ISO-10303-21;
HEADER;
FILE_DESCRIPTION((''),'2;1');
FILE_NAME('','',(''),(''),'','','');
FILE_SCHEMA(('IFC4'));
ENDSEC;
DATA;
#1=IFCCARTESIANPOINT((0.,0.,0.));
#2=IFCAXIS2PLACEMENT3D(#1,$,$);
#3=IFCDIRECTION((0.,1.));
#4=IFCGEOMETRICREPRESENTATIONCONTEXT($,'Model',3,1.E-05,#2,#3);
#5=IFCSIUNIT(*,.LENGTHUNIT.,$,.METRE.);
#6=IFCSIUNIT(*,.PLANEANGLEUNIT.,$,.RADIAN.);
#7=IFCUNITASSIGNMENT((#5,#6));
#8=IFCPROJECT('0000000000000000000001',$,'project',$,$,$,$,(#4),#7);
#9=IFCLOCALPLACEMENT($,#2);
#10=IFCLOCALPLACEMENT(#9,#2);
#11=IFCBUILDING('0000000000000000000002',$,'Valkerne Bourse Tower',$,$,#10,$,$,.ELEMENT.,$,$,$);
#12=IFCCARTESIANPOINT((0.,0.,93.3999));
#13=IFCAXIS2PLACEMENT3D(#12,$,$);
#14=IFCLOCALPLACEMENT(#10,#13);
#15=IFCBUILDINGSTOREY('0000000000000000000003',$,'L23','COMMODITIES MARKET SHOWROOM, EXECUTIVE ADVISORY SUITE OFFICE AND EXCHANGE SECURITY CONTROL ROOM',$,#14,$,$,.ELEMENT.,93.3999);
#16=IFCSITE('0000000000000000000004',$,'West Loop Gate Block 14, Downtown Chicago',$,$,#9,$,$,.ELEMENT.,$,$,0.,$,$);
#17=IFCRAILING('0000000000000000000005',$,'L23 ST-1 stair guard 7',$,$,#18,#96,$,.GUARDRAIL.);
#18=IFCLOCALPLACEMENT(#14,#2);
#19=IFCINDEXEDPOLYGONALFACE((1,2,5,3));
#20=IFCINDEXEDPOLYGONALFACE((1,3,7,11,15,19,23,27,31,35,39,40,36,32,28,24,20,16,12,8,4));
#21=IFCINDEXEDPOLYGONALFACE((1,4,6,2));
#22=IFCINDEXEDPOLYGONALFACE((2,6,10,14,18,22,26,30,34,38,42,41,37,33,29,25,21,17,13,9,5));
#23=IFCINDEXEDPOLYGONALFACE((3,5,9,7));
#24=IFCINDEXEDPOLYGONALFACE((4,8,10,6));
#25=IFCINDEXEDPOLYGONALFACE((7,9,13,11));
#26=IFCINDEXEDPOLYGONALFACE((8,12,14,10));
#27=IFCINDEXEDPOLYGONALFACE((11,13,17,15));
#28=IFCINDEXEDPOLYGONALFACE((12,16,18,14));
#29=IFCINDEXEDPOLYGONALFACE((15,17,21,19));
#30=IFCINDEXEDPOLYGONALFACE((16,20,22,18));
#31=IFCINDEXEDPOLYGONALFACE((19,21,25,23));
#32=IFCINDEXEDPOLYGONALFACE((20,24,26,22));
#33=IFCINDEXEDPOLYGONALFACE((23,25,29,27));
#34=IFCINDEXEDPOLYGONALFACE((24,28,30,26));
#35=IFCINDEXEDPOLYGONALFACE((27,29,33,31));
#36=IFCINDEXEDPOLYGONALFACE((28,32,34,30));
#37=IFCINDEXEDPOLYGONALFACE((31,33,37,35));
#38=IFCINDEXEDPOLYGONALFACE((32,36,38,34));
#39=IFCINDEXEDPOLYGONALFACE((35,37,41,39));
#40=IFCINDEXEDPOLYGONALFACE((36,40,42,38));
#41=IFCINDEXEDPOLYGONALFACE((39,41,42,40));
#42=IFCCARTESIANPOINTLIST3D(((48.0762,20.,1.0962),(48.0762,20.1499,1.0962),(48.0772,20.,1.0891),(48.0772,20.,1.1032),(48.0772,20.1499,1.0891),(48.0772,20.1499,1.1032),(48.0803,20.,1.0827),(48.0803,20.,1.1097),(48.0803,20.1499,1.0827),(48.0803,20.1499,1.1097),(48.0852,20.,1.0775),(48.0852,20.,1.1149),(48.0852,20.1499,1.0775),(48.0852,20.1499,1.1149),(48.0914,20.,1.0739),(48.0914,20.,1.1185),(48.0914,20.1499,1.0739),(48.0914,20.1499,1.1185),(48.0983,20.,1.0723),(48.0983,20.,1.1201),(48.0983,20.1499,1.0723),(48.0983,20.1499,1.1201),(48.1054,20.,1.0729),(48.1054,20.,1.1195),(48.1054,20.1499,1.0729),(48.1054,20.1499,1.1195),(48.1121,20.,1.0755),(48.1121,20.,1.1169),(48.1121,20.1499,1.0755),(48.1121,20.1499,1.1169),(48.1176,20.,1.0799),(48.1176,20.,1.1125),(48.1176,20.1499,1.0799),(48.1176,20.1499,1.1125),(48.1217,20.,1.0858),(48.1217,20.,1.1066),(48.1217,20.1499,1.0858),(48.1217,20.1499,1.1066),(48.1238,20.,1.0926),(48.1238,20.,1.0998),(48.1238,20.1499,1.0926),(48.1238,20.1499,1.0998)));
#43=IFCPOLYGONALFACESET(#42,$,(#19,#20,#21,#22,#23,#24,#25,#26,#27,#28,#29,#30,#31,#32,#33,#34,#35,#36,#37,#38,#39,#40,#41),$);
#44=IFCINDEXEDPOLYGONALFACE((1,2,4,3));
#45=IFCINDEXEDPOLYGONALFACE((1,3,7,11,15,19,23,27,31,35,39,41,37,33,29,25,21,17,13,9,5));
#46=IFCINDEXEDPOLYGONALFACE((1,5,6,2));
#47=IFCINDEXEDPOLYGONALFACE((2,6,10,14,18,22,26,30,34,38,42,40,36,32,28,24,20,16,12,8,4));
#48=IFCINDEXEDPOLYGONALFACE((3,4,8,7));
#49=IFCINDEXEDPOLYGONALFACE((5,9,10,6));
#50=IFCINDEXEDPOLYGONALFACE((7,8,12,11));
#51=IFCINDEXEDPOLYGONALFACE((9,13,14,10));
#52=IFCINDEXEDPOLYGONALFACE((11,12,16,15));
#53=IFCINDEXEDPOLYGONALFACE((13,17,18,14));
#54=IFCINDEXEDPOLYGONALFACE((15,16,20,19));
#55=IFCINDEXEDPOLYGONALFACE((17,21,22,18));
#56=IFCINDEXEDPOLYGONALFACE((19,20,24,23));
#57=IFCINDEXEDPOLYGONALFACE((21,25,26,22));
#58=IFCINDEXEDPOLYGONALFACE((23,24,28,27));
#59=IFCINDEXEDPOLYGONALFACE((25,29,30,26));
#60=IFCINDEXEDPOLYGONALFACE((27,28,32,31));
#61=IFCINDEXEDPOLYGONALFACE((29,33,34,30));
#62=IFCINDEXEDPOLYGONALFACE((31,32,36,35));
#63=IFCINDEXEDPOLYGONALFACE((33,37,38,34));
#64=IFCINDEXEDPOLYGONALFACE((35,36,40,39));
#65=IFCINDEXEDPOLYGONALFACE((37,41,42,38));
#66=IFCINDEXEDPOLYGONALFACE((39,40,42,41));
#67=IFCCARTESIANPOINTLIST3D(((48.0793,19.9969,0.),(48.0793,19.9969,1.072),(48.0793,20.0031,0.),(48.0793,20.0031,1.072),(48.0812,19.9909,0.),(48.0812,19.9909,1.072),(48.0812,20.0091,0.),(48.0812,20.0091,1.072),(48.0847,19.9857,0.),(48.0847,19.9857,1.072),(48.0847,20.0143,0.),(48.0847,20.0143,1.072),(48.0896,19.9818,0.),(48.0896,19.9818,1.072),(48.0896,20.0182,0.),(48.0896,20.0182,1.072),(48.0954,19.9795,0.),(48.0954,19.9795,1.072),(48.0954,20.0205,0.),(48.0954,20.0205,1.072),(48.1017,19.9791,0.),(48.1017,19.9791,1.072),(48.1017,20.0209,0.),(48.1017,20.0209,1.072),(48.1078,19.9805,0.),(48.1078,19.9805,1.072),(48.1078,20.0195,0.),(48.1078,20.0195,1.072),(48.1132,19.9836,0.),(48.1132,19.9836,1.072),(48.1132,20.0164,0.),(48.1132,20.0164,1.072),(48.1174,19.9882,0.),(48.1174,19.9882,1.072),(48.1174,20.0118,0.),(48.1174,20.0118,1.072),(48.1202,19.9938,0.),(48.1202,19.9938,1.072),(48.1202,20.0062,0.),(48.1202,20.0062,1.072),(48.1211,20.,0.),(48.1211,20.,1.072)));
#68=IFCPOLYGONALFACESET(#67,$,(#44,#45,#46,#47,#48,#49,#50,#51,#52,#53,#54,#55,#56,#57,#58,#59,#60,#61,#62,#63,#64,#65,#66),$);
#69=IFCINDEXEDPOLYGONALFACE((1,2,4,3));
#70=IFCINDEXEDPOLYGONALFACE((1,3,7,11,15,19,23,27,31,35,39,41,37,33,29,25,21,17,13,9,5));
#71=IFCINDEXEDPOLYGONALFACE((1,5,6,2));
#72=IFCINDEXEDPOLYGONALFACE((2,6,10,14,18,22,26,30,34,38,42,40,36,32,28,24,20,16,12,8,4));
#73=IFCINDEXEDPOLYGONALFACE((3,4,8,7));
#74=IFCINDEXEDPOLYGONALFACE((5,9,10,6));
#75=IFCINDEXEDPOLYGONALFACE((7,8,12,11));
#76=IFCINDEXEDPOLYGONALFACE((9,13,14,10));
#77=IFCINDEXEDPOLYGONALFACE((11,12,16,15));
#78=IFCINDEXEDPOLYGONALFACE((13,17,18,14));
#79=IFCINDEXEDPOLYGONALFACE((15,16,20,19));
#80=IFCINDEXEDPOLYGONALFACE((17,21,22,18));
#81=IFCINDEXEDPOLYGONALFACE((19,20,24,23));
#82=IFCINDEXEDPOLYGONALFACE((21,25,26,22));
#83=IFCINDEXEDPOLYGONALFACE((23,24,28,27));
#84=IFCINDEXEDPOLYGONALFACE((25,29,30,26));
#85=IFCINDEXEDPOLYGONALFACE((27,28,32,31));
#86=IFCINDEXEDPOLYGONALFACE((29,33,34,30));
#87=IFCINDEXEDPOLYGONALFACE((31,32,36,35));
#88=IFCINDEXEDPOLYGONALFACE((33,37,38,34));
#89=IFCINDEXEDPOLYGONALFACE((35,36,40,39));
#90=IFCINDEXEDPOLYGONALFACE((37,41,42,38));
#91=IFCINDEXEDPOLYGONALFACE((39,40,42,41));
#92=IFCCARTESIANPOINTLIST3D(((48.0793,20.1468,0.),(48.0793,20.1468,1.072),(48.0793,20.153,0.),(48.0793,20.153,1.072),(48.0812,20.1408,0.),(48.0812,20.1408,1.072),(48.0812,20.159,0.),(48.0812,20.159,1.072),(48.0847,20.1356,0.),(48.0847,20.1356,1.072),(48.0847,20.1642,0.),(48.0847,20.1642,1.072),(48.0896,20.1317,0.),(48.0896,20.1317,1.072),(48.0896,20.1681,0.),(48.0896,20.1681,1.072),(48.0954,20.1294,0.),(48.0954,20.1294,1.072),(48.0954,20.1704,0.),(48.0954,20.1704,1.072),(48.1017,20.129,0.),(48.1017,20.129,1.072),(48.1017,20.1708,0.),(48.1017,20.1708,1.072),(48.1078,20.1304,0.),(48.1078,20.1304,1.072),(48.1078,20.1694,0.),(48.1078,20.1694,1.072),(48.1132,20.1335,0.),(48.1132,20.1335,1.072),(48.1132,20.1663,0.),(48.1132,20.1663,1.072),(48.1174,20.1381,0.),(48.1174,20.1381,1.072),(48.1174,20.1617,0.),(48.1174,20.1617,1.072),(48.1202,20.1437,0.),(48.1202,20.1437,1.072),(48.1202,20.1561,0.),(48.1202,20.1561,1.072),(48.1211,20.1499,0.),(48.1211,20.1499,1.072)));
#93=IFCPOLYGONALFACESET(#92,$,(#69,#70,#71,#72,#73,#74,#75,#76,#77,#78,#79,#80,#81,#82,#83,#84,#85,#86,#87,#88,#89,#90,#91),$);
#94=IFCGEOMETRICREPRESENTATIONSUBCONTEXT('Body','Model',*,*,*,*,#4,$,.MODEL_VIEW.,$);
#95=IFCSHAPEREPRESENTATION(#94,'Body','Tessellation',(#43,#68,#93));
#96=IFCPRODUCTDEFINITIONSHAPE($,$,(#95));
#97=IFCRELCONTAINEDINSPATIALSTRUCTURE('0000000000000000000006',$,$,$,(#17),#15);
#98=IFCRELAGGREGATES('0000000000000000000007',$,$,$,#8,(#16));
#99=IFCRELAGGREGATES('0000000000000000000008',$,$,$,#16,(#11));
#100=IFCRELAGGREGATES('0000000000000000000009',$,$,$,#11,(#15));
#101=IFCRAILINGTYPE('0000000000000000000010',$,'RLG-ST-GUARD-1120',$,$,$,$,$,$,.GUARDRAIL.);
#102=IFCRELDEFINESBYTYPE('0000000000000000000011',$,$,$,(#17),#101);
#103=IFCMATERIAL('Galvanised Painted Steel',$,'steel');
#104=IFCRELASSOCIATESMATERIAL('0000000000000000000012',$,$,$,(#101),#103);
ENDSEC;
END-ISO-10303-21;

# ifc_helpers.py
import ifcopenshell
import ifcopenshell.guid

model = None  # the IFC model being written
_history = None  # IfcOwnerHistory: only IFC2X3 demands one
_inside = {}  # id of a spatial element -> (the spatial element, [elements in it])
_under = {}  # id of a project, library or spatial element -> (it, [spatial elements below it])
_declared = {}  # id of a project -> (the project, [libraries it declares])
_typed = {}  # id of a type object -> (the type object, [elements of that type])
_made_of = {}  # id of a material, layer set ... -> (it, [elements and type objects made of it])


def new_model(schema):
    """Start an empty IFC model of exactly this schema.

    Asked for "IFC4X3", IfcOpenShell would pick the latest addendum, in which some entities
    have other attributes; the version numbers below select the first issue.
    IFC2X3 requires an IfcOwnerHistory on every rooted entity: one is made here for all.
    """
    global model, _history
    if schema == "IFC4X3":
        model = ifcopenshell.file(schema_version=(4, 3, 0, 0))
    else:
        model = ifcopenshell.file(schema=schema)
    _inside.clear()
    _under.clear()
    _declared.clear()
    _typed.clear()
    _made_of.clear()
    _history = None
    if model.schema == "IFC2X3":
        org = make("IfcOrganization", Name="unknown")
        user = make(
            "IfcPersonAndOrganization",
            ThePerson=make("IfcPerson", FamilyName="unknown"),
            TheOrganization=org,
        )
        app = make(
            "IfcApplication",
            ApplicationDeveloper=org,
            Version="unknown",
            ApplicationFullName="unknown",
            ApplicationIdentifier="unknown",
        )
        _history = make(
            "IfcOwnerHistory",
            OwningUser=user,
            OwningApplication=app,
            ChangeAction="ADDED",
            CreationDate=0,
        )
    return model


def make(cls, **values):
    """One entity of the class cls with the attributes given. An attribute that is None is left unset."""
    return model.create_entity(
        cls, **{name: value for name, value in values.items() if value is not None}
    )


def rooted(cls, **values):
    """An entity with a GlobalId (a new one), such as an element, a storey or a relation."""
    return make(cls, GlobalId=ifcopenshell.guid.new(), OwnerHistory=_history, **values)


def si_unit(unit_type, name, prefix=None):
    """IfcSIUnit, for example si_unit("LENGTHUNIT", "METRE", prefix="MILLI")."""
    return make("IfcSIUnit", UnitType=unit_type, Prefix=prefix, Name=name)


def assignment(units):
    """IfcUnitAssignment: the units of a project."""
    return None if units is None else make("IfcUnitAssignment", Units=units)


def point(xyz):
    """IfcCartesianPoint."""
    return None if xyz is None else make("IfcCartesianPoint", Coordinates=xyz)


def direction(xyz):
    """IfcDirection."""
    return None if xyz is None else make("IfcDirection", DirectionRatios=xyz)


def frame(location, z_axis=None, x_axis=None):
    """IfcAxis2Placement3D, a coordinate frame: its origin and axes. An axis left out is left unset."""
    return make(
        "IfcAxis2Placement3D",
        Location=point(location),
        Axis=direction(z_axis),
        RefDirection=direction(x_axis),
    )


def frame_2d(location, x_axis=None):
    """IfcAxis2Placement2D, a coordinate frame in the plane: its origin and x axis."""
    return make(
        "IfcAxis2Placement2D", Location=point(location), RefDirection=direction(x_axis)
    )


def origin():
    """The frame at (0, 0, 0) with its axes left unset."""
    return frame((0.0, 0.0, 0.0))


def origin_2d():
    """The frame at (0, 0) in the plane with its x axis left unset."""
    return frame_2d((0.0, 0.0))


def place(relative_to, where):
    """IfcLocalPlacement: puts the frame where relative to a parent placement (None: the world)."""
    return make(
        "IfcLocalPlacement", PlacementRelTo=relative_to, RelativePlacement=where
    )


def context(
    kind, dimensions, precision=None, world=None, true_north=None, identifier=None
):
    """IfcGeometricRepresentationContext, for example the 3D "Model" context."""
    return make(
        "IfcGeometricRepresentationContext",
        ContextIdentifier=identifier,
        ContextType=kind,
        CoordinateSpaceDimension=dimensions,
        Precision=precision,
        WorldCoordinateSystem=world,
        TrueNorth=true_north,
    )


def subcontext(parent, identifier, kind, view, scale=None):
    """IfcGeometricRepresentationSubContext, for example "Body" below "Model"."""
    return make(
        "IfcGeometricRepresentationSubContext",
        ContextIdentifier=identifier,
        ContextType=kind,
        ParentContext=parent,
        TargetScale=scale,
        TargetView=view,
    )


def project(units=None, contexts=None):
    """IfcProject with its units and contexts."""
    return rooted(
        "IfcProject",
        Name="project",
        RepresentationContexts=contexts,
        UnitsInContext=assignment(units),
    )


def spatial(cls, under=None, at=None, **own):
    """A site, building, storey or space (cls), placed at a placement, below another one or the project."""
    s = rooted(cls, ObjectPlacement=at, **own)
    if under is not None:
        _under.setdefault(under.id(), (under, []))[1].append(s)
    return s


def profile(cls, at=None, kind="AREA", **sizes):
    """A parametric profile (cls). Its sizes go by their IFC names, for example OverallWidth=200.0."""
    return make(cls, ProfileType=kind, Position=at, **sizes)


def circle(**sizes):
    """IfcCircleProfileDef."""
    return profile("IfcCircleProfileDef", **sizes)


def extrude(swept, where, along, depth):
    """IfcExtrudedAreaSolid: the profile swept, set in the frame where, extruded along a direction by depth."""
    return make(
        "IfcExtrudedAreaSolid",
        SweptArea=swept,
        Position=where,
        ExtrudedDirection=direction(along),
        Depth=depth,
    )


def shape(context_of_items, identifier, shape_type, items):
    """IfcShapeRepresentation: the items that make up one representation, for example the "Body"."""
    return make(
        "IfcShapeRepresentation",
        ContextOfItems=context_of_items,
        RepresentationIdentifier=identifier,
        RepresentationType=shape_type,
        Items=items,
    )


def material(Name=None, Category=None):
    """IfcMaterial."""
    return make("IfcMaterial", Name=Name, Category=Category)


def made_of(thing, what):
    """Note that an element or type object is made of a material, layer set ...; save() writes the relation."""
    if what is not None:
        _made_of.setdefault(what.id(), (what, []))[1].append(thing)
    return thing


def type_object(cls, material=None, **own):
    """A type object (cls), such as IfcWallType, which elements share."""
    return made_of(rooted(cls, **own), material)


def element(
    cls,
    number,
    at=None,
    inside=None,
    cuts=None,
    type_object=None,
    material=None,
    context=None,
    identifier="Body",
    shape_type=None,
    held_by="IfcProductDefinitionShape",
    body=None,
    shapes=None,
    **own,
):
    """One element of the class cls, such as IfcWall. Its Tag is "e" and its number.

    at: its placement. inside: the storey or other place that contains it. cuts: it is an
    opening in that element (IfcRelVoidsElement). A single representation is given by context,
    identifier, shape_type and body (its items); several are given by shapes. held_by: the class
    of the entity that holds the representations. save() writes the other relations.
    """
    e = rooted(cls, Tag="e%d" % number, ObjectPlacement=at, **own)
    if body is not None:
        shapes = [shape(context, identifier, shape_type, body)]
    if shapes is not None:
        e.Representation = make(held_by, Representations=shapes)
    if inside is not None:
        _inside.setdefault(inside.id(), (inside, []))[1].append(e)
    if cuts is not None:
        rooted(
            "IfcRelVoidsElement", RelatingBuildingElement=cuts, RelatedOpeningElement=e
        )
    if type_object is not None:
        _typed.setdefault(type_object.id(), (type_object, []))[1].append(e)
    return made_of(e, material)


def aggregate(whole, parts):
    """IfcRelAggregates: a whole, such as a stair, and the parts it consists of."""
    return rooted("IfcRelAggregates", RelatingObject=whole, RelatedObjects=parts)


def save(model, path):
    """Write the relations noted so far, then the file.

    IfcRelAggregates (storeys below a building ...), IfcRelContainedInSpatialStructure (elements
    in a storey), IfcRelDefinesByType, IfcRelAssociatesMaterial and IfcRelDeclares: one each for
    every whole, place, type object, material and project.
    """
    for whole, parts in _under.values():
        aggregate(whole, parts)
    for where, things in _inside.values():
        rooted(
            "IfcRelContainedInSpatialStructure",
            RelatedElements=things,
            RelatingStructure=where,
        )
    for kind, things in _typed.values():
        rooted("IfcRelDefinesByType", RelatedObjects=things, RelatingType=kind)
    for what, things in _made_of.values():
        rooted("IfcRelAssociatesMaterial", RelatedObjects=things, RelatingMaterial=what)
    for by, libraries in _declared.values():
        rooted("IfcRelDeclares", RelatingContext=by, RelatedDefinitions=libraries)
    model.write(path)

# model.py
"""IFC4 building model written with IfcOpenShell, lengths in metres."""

from ifc_helpers import new_model, si_unit, direction, frame, origin, origin_2d, place, context, subcontext, project, spatial, circle, extrude, material, type_object, element, save


model = new_model("IFC4")

# Units and contexts
model_context = context("Model", 3, precision=1e-05, world=origin(), true_north=direction((0.0, 1.0)))
body_context = subcontext(model_context, "Body", "Model", "MODEL_VIEW")
ifc_project = project(units=[si_unit("LENGTHUNIT", "METRE"), si_unit("PLANEANGLEUNIT", "RADIAN")], contexts=[model_context])

# Site, building, storey
site_placement = place(None, origin())
site = spatial("IfcSite", under=ifc_project, at=site_placement, Name="West Loop Gate Block 14, Downtown Chicago", CompositionType="ELEMENT", RefElevation=0.0)
building_placement = place(site_placement, origin())
building = spatial("IfcBuilding", under=site, at=building_placement, Name="Valkerne Bourse Tower", CompositionType="ELEMENT")
storey_placement = place(building_placement, frame((0.0, 0.0, 93.3999)))
storey = spatial("IfcBuildingStorey", under=building, at=storey_placement, Name="L23", Description="COMMODITIES MARKET SHOWROOM, EXECUTIVE ADVISORY SUITE OFFICE AND EXCHANGE SECURITY CONTROL ROOM", CompositionType="ELEMENT", Elevation=93.3999)

# Shared definitions
ifc_material_1 = material(Name="Galvanised Painted Steel", Category="steel")

# Railing
railing_type_1 = type_object("IfcRailingType", Name="RLG-ST-GUARD-1120", PredefinedType="GUARDRAIL", material=ifc_material_1)
railing_1_placement = place(storey_placement, frame((48.1001, 20.0, 0.0)))
element("IfcRailing", 1, at=railing_1_placement, inside=storey, type_object=railing_type_1, Name="L23 ST-1 stair guard 7", PredefinedType="GUARDRAIL", context=body_context, shape_type="SweptSolid", body=[
    extrude(circle(Radius=0.0239, at=origin_2d()), frame((0.0, 0.0, 1.0962), z_axis=(0.0, 1.0, 0.0), x_axis=(-1.0, 0.0, 0.0)), (0.0, 0.0, 1.0), 0.1499),
    extrude(circle(Radius=0.021, at=origin_2d()), origin(), (0.0, 0.0, 1.0), 1.072),
    extrude(circle(Radius=0.021, at=origin_2d()), frame((0.0, 0.1499, 0.0)), (0.0, 0.0, 1.0), 1.072),
])

save(model, "model.ifc")
